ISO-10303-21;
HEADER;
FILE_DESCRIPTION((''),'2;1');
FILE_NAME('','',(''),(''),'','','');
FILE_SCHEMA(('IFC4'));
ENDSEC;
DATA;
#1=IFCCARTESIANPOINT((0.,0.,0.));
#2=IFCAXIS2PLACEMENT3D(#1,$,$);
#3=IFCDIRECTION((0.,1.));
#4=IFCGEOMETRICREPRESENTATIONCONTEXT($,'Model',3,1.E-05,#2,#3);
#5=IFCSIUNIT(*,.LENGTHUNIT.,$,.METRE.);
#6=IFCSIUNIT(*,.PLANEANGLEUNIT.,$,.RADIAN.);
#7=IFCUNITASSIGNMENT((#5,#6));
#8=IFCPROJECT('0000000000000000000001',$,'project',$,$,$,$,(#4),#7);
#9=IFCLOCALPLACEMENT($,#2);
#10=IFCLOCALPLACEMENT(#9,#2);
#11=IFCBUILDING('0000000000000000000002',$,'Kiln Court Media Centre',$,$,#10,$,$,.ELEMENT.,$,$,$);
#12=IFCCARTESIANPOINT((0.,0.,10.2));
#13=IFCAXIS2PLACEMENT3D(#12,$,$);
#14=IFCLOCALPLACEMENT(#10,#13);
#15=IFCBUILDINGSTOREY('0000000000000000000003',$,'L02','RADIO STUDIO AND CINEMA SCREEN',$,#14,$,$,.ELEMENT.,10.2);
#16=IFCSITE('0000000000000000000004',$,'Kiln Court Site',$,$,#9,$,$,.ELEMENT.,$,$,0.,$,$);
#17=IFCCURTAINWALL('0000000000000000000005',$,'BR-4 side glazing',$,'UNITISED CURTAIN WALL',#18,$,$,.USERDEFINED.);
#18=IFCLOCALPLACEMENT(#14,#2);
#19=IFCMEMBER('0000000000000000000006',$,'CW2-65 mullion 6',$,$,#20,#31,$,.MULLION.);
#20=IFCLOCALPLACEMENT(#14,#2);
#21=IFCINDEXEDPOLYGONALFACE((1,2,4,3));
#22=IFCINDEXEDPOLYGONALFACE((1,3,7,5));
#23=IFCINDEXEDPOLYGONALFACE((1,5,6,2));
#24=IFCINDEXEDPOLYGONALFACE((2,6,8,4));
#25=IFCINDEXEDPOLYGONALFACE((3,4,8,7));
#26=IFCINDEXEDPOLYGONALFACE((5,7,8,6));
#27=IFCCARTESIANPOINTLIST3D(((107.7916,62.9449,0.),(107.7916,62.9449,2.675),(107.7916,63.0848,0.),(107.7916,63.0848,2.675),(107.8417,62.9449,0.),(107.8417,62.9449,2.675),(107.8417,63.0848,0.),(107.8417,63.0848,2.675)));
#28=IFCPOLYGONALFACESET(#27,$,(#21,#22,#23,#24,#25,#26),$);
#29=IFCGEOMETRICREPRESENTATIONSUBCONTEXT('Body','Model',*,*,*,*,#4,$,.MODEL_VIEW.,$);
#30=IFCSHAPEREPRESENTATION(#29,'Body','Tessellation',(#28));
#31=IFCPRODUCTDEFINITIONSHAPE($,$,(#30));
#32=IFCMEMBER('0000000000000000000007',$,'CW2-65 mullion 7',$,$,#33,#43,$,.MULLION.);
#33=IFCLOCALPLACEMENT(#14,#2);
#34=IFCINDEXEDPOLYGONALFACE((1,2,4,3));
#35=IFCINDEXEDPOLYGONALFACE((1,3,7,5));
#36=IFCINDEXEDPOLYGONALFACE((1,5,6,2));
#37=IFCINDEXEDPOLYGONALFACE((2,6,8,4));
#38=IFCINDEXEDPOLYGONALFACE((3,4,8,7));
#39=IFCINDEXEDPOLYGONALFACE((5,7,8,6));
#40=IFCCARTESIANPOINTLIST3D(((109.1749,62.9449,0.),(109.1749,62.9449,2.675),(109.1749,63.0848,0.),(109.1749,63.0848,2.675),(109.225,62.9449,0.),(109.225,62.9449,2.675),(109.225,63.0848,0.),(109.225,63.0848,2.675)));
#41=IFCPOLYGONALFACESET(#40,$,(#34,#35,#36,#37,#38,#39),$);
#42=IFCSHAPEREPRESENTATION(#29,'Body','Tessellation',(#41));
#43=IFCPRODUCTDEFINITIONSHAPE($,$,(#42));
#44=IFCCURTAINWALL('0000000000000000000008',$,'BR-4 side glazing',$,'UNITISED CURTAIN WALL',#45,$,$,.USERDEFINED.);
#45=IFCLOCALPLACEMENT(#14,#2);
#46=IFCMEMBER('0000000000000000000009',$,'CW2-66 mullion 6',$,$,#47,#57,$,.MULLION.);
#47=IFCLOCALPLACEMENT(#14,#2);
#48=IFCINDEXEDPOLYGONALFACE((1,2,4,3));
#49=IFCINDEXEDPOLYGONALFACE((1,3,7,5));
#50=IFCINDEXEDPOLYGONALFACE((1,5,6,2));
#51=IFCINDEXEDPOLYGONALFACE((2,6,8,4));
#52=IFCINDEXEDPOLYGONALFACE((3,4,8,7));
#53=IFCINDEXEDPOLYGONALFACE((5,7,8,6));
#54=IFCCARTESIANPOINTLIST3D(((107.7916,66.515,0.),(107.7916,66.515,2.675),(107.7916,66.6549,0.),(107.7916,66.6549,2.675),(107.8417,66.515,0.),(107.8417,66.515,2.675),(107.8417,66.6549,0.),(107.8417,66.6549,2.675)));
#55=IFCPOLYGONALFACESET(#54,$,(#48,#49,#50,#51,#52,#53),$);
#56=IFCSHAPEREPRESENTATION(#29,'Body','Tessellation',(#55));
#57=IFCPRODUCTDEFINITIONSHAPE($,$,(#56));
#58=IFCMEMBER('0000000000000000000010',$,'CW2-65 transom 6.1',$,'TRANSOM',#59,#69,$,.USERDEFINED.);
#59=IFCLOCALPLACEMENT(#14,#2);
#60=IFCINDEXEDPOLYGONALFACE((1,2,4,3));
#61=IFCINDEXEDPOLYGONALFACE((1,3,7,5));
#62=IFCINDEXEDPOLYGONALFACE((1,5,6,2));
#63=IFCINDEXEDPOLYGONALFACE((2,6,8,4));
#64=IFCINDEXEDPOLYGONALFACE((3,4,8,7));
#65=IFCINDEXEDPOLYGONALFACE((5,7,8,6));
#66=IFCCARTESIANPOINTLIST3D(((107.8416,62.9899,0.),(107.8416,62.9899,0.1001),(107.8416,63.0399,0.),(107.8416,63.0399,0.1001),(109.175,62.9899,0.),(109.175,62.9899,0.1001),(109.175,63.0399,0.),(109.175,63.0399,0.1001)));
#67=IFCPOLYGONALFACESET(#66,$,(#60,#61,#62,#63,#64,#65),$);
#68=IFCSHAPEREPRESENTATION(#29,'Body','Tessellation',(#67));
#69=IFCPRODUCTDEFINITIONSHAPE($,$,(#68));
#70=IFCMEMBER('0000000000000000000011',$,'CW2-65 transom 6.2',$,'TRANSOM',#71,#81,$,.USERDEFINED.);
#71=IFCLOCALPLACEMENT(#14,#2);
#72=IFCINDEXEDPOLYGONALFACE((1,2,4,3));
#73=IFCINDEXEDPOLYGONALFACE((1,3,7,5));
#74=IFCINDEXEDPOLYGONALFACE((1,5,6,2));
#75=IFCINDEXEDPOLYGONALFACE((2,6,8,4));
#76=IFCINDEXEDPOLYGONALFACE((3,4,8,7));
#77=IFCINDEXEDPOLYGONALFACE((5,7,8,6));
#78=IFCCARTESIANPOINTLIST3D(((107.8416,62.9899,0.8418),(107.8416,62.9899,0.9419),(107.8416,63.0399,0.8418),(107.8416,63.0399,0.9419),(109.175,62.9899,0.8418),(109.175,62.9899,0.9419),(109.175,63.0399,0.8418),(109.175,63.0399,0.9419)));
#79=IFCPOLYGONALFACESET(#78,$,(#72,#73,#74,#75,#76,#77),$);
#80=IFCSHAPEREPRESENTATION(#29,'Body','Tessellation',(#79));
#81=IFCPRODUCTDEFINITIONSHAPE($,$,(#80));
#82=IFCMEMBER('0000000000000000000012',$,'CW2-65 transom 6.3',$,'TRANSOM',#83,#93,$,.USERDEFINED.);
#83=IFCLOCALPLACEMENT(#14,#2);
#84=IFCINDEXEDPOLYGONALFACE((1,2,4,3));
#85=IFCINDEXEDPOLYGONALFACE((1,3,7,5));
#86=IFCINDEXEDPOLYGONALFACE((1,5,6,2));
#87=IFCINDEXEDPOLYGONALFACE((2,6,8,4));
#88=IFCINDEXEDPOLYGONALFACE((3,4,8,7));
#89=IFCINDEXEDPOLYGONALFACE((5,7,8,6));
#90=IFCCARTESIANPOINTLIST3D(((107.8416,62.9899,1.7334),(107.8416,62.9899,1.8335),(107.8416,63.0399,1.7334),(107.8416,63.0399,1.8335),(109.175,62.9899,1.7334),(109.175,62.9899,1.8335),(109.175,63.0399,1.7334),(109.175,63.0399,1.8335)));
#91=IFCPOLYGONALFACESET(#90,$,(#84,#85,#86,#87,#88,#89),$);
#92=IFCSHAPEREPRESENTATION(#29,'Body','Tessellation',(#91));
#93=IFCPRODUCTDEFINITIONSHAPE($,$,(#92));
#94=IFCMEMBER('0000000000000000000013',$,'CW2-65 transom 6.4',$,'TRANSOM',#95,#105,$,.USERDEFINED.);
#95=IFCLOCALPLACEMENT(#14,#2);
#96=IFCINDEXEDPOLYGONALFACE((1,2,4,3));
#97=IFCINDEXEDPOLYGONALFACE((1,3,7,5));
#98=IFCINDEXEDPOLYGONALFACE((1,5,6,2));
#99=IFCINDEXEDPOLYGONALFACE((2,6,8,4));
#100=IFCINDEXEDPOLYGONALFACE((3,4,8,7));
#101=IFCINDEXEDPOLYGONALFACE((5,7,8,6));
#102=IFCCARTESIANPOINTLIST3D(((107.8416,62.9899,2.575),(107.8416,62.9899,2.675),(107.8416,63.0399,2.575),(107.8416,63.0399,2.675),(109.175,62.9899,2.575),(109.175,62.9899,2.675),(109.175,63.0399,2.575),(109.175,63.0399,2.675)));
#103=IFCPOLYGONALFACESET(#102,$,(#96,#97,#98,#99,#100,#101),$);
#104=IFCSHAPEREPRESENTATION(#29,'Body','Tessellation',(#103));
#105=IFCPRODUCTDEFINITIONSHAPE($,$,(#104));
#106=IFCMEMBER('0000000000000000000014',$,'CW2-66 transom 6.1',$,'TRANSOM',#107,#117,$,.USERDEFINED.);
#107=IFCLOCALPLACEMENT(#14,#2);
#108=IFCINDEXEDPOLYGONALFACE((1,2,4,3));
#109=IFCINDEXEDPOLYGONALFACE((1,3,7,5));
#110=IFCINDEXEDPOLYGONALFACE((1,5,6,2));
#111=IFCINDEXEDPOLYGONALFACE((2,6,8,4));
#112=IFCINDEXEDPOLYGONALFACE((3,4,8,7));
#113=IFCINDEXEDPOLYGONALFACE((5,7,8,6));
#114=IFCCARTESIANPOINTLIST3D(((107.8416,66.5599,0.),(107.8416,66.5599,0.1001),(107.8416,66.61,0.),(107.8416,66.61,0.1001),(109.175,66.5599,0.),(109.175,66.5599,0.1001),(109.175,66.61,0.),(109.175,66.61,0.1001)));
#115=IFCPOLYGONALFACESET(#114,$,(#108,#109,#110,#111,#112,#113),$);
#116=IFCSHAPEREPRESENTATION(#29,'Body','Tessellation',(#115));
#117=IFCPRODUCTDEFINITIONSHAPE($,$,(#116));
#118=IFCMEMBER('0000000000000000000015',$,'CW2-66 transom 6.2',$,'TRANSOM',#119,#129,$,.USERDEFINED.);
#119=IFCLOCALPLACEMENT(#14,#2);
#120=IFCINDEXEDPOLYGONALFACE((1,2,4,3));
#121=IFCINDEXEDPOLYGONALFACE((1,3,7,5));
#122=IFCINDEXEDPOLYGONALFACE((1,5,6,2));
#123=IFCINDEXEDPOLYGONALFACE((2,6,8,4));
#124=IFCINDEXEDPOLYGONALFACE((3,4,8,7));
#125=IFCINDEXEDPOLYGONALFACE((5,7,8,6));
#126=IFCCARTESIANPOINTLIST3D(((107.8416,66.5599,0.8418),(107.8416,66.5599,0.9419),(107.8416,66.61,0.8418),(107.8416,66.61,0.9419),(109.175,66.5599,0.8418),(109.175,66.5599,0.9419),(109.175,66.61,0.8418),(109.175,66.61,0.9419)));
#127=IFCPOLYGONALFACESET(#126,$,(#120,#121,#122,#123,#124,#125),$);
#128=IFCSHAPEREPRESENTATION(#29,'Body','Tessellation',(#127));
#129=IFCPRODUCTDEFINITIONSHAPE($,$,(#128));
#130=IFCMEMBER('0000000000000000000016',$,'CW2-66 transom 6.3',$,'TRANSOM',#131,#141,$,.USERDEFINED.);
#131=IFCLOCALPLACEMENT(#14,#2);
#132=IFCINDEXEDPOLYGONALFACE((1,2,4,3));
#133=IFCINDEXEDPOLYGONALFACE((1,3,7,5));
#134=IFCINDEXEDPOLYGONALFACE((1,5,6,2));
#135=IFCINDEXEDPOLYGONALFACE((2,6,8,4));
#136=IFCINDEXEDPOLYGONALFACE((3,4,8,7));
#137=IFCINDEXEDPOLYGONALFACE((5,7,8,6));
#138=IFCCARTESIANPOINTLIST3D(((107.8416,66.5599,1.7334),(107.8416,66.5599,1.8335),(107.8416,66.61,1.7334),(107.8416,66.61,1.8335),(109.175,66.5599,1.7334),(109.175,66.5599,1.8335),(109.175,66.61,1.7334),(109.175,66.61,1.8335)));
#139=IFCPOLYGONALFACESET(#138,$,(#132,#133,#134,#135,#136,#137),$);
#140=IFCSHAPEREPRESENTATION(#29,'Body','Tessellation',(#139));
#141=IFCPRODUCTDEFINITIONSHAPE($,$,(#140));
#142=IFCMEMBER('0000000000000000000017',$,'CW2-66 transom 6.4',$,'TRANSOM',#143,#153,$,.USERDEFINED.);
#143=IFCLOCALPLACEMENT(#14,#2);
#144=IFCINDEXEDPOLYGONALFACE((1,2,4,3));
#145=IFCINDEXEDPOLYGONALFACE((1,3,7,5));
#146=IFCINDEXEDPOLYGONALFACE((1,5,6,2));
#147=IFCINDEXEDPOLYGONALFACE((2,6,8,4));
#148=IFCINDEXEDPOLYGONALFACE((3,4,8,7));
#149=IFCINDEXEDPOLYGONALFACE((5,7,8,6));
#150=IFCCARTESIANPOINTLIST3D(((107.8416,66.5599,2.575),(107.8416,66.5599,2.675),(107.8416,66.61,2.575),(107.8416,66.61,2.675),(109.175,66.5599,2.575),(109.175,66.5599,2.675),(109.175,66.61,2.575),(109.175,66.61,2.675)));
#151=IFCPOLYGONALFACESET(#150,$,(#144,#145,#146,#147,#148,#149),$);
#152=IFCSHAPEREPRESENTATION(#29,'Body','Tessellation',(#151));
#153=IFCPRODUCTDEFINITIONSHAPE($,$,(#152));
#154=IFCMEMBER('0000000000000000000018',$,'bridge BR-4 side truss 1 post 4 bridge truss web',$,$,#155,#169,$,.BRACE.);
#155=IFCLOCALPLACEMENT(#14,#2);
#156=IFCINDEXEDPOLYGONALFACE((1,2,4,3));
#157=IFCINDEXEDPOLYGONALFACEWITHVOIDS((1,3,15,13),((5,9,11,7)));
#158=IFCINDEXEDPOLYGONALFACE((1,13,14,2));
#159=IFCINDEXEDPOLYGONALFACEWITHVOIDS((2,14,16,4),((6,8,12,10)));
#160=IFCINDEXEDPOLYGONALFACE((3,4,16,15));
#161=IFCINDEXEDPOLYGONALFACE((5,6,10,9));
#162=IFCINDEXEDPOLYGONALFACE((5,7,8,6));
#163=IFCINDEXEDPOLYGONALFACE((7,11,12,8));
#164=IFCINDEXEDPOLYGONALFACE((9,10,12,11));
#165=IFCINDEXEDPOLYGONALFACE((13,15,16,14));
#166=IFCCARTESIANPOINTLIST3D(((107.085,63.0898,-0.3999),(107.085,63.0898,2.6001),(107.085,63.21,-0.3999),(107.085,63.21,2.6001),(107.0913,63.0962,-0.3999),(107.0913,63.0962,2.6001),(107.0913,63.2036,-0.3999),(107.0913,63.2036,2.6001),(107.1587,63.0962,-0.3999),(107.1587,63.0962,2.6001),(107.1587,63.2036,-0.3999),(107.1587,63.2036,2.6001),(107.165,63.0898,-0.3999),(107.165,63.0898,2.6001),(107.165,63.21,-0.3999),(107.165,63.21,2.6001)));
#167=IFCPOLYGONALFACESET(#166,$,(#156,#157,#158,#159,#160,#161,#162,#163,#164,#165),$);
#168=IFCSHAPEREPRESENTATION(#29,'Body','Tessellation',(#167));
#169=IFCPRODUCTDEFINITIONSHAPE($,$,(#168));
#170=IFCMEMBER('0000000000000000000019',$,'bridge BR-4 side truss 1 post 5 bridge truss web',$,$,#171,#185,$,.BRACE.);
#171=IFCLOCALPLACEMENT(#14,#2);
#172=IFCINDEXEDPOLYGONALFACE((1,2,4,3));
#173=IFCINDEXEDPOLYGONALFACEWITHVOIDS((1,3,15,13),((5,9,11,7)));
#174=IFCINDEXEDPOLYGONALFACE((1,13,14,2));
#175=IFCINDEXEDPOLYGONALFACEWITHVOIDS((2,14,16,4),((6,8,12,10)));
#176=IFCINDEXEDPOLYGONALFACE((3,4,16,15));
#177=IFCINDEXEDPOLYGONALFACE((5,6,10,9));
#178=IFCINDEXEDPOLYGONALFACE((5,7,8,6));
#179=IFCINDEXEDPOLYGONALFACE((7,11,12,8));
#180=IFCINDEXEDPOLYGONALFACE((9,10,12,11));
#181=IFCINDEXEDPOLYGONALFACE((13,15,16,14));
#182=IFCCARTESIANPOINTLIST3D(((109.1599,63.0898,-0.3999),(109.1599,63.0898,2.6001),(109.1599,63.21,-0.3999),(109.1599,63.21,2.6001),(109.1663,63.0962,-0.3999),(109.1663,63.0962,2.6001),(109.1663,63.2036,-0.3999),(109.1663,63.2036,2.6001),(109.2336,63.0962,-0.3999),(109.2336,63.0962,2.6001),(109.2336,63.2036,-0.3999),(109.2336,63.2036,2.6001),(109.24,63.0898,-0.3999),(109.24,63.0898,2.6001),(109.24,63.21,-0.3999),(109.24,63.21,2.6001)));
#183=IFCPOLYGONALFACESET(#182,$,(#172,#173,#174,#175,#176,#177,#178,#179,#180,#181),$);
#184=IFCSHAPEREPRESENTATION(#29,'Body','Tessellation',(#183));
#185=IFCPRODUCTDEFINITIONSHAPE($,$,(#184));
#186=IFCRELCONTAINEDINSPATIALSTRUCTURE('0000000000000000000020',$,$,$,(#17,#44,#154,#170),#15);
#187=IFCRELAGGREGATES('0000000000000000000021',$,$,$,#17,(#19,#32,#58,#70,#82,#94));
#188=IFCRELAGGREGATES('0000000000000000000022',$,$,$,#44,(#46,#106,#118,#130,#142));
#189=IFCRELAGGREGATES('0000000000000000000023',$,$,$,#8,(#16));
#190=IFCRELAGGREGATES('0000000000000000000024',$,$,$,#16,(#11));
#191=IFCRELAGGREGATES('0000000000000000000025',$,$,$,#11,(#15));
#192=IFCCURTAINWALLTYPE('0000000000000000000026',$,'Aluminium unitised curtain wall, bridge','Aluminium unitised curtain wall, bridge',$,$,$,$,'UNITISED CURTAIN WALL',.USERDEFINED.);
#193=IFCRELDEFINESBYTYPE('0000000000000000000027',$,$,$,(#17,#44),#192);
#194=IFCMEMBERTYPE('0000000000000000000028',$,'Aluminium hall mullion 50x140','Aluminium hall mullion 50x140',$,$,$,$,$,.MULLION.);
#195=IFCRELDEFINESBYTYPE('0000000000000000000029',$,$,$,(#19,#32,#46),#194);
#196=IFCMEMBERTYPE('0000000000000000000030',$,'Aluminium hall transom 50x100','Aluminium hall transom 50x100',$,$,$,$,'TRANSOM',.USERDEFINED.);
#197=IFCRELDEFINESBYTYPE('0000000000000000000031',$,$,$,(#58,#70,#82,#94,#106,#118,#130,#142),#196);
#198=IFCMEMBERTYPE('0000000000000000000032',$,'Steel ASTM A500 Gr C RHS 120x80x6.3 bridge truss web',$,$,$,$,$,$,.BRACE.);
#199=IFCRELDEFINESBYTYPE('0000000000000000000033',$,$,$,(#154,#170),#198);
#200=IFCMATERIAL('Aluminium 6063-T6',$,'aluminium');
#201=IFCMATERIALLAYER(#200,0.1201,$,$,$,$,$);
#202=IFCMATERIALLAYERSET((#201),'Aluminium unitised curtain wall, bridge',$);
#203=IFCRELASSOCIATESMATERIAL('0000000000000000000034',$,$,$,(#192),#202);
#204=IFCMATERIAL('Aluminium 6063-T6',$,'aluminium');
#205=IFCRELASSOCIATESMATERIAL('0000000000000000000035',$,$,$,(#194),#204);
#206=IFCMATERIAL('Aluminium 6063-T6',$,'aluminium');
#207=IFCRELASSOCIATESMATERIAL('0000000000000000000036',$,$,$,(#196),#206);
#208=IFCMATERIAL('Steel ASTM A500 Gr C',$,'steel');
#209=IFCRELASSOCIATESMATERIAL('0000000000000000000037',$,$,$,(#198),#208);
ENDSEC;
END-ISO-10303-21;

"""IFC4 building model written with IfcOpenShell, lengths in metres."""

from ifc_helpers import new_model, si_unit, direction, frame, origin, origin_2d, place, context, subcontext, project, spatial, rectangle, hollow_rectangle, extrude, material, layer, layer_set, material_profile, profile_set, type_object, element, aggregate, save


model = new_model("IFC4")

# Units and contexts
model_context = context("Model", 3, precision=1e-05, world=origin(), true_north=direction((0.0, 1.0)))
body_context = subcontext(model_context, "Body", "Model", "MODEL_VIEW")
ifc_project = project(units=[si_unit("LENGTHUNIT", "METRE"), si_unit("PLANEANGLEUNIT", "RADIAN")], contexts=[model_context])

# Site, building, storey
site_placement = place(None, origin())
site = spatial("IfcSite", under=ifc_project, at=site_placement, Name="Kiln Court Site", CompositionType="ELEMENT", RefElevation=0.0)
building_placement = place(site_placement, origin())
building = spatial("IfcBuilding", under=site, at=building_placement, Name="Kiln Court Media Centre", CompositionType="ELEMENT")
storey_placement = place(building_placement, frame((0.0, 0.0, 10.2)))
storey = spatial("IfcBuildingStorey", under=building, at=storey_placement, Name="L02", Description="RADIO STUDIO AND CINEMA SCREEN", CompositionType="ELEMENT", Elevation=10.2)

# Curtain wall, members
ifc_material_1 = material(Name="Aluminium 6063-T6", Category="aluminium")
ifc_layer_1 = layer(ifc_material_1, 0.1201)
ifc_layer_set_1 = layer_set([ifc_layer_1], Name="Aluminium unitised curtain wall, bridge")
curtain_wall_type = type_object("IfcCurtainWallType", Name="Aluminium unitised curtain wall, bridge", Description="Aluminium unitised curtain wall, bridge", ElementType="UNITISED CURTAIN WALL", PredefinedType="USERDEFINED", material=ifc_layer_set_1)
curtain_wall_1_placement = place(storey_placement, origin())
curtain_wall_1 = element("IfcCurtainWall", 1, at=curtain_wall_1_placement, inside=storey, type_object=curtain_wall_type, Name="BR-4 side glazing", ObjectType="UNITISED CURTAIN WALL", PredefinedType="USERDEFINED")
ifc_material_2 = material(Name="Aluminium 6063-T6", Category="aluminium")
ifc_material_profile_1 = material_profile(ifc_material_2, rectangle(XDim=0.05, YDim=0.1399, at=origin_2d()), Name="Aluminium hall mullion 50x140")
ifc_profile_set_1 = profile_set([ifc_material_profile_1], Name="Aluminium 6063-T6")
member_type_1 = type_object("IfcMemberType", Name="Aluminium hall mullion 50x140", Description="Aluminium hall mullion 50x140", PredefinedType="MULLION", material=ifc_profile_set_1)
member_1_placement = place(storey_placement, frame((107.8167, 63.0149, 0.0), z_axis=(0.0, 0.0, 1.0), x_axis=(1.0, 0.0, 0.0)))
member_1 = element("IfcMember", 2, at=member_1_placement, type_object=member_type_1, Name="CW2-65 mullion 6", PredefinedType="MULLION", context=body_context, shape_type="SweptSolid", body=[
    extrude(rectangle(XDim=0.05, YDim=0.1399, at=origin_2d()), origin(), (0.0, 0.0, 1.0), 2.675),
])
member_2_placement = place(storey_placement, frame((109.2, 63.0149, 0.0), z_axis=(0.0, 0.0, 1.0), x_axis=(1.0, 0.0, 0.0)))
member_2 = element("IfcMember", 3, at=member_2_placement, type_object=member_type_1, Name="CW2-65 mullion 7", PredefinedType="MULLION", context=body_context, shape_type="SweptSolid", body=[
    extrude(rectangle(XDim=0.05, YDim=0.1399, at=origin_2d()), origin(), (0.0, 0.0, 1.0), 2.675),
])

# Curtain wall, member
curtain_wall_2_placement = place(storey_placement, origin())
curtain_wall_2 = element("IfcCurtainWall", 4, at=curtain_wall_2_placement, inside=storey, type_object=curtain_wall_type, Name="BR-4 side glazing", ObjectType="UNITISED CURTAIN WALL", PredefinedType="USERDEFINED")
member_3_placement = place(storey_placement, frame((107.8167, 66.585, 0.0), z_axis=(0.0, 0.0, 1.0), x_axis=(1.0, 0.0, 0.0)))
member_3 = element("IfcMember", 5, at=member_3_placement, type_object=member_type_1, Name="CW2-66 mullion 6", PredefinedType="MULLION", context=body_context, shape_type="SweptSolid", body=[
    extrude(rectangle(XDim=0.05, YDim=0.1399, at=origin_2d()), origin(), (0.0, 0.0, 1.0), 2.675),
])

# Members
ifc_material_3 = material(Name="Aluminium 6063-T6", Category="aluminium")
ifc_material_profile_2 = material_profile(ifc_material_3, rectangle(XDim=0.05, YDim=0.1001, at=origin_2d()), Name="Aluminium hall transom 50x100")
ifc_profile_set_2 = profile_set([ifc_material_profile_2], Name="Aluminium 6063-T6")
member_type_2 = type_object("IfcMemberType", Name="Aluminium hall transom 50x100", Description="Aluminium hall transom 50x100", ElementType="TRANSOM", PredefinedType="USERDEFINED", material=ifc_profile_set_2)
member_4_placement = place(storey_placement, frame((107.8416, 63.0149, 0.05), z_axis=(1.0, 0.0, 0.0), x_axis=(0.0, 1.0, 0.0)))
member_4 = element("IfcMember", 6, at=member_4_placement, type_object=member_type_2, Name="CW2-65 transom 6.1", ObjectType="TRANSOM", PredefinedType="USERDEFINED", context=body_context, shape_type="SweptSolid", body=[
    extrude(rectangle(XDim=0.05, YDim=0.1001, at=origin_2d()), origin(), (0.0, 0.0, 1.0), 1.3335),
])
member_5_placement = place(storey_placement, frame((107.8416, 63.0149, 0.8918), z_axis=(1.0, 0.0, 0.0), x_axis=(0.0, 1.0, 0.0)))
member_5 = element("IfcMember", 7, at=member_5_placement, type_object=member_type_2, Name="CW2-65 transom 6.2", ObjectType="TRANSOM", PredefinedType="USERDEFINED", context=body_context, shape_type="SweptSolid", body=[
    extrude(rectangle(XDim=0.05, YDim=0.1001, at=origin_2d()), origin(), (0.0, 0.0, 1.0), 1.3335),
])
member_6_placement = place(storey_placement, frame((107.8416, 63.0149, 1.7834), z_axis=(1.0, 0.0, 0.0), x_axis=(0.0, 1.0, 0.0)))
member_6 = element("IfcMember", 8, at=member_6_placement, type_object=member_type_2, Name="CW2-65 transom 6.3", ObjectType="TRANSOM", PredefinedType="USERDEFINED", context=body_context, shape_type="SweptSolid", body=[
    extrude(rectangle(XDim=0.05, YDim=0.1001, at=origin_2d()), origin(), (0.0, 0.0, 1.0), 1.3335),
])
member_7_placement = place(storey_placement, frame((107.8416, 63.0149, 2.625), z_axis=(1.0, 0.0, 0.0), x_axis=(0.0, 1.0, 0.0)))
member_7 = element("IfcMember", 9, at=member_7_placement, type_object=member_type_2, Name="CW2-65 transom 6.4", ObjectType="TRANSOM", PredefinedType="USERDEFINED", context=body_context, shape_type="SweptSolid", body=[
    extrude(rectangle(XDim=0.05, YDim=0.1001, at=origin_2d()), origin(), (0.0, 0.0, 1.0), 1.3335),
])
member_8_placement = place(storey_placement, frame((107.8416, 66.585, 0.05), z_axis=(1.0, 0.0, 0.0), x_axis=(0.0, 1.0, 0.0)))
member_8 = element("IfcMember", 10, at=member_8_placement, type_object=member_type_2, Name="CW2-66 transom 6.1", ObjectType="TRANSOM", PredefinedType="USERDEFINED", context=body_context, shape_type="SweptSolid", body=[
    extrude(rectangle(XDim=0.05, YDim=0.1001, at=origin_2d()), origin(), (0.0, 0.0, 1.0), 1.3335),
])
member_9_placement = place(storey_placement, frame((107.8416, 66.585, 0.8918), z_axis=(1.0, 0.0, 0.0), x_axis=(0.0, 1.0, 0.0)))
member_9 = element("IfcMember", 11, at=member_9_placement, type_object=member_type_2, Name="CW2-66 transom 6.2", ObjectType="TRANSOM", PredefinedType="USERDEFINED", context=body_context, shape_type="SweptSolid", body=[
    extrude(rectangle(XDim=0.05, YDim=0.1001, at=origin_2d()), origin(), (0.0, 0.0, 1.0), 1.3335),
])
member_10_placement = place(storey_placement, frame((107.8416, 66.585, 1.7834), z_axis=(1.0, 0.0, 0.0), x_axis=(0.0, 1.0, 0.0)))
member_10 = element("IfcMember", 12, at=member_10_placement, type_object=member_type_2, Name="CW2-66 transom 6.3", ObjectType="TRANSOM", PredefinedType="USERDEFINED", context=body_context, shape_type="SweptSolid", body=[
    extrude(rectangle(XDim=0.05, YDim=0.1001, at=origin_2d()), origin(), (0.0, 0.0, 1.0), 1.3335),
])
member_11_placement = place(storey_placement, frame((107.8416, 66.585, 2.625), z_axis=(1.0, 0.0, 0.0), x_axis=(0.0, 1.0, 0.0)))
member_11 = element("IfcMember", 13, at=member_11_placement, type_object=member_type_2, Name="CW2-66 transom 6.4", ObjectType="TRANSOM", PredefinedType="USERDEFINED", context=body_context, shape_type="SweptSolid", body=[
    extrude(rectangle(XDim=0.05, YDim=0.1001, at=origin_2d()), origin(), (0.0, 0.0, 1.0), 1.3335),
])

# Members
ifc_material_4 = material(Name="Steel ASTM A500 Gr C", Category="steel")
ifc_material_profile_3 = material_profile(ifc_material_4, hollow_rectangle(XDim=0.0801, YDim=0.1201, WallThickness=0.0063, at=origin_2d()), Name="RHS 120x80x6.3")
ifc_profile_set_3 = profile_set([ifc_material_profile_3], Name="Steel ASTM A500 Gr C")
member_type_3 = type_object("IfcMemberType", Name="Steel ASTM A500 Gr C RHS 120x80x6.3 bridge truss web", PredefinedType="BRACE", material=ifc_profile_set_3)
for number, where, z_axis, x_axis, name in (
    (14, (107.125, 63.1499, -0.3999), (0.0, 0.0, 1.0), (1.0, 0.0, 0.0), "bridge BR-4 side truss 1 post 4 bridge truss web"),
    (15, (109.2, 63.1499, -0.3999), (0.0, 0.0, 1.0), (1.0, 0.0, 0.0), "bridge BR-4 side truss 1 post 5 bridge truss web"),
):
    element("IfcMember", number, at=place(storey_placement, frame(where, z_axis=z_axis, x_axis=x_axis)), inside=storey, type_object=member_type_3, Name=name, PredefinedType="BRACE", context=body_context, shape_type="SweptSolid", body=[
        extrude(hollow_rectangle(XDim=0.0801, YDim=0.1201, WallThickness=0.0063, at=origin_2d()), origin(), (0.0, 0.0, 1.0), 3.0),
    ])

aggregate(curtain_wall_1, [member_1, member_2, member_4, member_5, member_6, member_7])
aggregate(curtain_wall_2, [member_3, member_8, member_9, member_10, member_11])

save(model, "model.ifc")
